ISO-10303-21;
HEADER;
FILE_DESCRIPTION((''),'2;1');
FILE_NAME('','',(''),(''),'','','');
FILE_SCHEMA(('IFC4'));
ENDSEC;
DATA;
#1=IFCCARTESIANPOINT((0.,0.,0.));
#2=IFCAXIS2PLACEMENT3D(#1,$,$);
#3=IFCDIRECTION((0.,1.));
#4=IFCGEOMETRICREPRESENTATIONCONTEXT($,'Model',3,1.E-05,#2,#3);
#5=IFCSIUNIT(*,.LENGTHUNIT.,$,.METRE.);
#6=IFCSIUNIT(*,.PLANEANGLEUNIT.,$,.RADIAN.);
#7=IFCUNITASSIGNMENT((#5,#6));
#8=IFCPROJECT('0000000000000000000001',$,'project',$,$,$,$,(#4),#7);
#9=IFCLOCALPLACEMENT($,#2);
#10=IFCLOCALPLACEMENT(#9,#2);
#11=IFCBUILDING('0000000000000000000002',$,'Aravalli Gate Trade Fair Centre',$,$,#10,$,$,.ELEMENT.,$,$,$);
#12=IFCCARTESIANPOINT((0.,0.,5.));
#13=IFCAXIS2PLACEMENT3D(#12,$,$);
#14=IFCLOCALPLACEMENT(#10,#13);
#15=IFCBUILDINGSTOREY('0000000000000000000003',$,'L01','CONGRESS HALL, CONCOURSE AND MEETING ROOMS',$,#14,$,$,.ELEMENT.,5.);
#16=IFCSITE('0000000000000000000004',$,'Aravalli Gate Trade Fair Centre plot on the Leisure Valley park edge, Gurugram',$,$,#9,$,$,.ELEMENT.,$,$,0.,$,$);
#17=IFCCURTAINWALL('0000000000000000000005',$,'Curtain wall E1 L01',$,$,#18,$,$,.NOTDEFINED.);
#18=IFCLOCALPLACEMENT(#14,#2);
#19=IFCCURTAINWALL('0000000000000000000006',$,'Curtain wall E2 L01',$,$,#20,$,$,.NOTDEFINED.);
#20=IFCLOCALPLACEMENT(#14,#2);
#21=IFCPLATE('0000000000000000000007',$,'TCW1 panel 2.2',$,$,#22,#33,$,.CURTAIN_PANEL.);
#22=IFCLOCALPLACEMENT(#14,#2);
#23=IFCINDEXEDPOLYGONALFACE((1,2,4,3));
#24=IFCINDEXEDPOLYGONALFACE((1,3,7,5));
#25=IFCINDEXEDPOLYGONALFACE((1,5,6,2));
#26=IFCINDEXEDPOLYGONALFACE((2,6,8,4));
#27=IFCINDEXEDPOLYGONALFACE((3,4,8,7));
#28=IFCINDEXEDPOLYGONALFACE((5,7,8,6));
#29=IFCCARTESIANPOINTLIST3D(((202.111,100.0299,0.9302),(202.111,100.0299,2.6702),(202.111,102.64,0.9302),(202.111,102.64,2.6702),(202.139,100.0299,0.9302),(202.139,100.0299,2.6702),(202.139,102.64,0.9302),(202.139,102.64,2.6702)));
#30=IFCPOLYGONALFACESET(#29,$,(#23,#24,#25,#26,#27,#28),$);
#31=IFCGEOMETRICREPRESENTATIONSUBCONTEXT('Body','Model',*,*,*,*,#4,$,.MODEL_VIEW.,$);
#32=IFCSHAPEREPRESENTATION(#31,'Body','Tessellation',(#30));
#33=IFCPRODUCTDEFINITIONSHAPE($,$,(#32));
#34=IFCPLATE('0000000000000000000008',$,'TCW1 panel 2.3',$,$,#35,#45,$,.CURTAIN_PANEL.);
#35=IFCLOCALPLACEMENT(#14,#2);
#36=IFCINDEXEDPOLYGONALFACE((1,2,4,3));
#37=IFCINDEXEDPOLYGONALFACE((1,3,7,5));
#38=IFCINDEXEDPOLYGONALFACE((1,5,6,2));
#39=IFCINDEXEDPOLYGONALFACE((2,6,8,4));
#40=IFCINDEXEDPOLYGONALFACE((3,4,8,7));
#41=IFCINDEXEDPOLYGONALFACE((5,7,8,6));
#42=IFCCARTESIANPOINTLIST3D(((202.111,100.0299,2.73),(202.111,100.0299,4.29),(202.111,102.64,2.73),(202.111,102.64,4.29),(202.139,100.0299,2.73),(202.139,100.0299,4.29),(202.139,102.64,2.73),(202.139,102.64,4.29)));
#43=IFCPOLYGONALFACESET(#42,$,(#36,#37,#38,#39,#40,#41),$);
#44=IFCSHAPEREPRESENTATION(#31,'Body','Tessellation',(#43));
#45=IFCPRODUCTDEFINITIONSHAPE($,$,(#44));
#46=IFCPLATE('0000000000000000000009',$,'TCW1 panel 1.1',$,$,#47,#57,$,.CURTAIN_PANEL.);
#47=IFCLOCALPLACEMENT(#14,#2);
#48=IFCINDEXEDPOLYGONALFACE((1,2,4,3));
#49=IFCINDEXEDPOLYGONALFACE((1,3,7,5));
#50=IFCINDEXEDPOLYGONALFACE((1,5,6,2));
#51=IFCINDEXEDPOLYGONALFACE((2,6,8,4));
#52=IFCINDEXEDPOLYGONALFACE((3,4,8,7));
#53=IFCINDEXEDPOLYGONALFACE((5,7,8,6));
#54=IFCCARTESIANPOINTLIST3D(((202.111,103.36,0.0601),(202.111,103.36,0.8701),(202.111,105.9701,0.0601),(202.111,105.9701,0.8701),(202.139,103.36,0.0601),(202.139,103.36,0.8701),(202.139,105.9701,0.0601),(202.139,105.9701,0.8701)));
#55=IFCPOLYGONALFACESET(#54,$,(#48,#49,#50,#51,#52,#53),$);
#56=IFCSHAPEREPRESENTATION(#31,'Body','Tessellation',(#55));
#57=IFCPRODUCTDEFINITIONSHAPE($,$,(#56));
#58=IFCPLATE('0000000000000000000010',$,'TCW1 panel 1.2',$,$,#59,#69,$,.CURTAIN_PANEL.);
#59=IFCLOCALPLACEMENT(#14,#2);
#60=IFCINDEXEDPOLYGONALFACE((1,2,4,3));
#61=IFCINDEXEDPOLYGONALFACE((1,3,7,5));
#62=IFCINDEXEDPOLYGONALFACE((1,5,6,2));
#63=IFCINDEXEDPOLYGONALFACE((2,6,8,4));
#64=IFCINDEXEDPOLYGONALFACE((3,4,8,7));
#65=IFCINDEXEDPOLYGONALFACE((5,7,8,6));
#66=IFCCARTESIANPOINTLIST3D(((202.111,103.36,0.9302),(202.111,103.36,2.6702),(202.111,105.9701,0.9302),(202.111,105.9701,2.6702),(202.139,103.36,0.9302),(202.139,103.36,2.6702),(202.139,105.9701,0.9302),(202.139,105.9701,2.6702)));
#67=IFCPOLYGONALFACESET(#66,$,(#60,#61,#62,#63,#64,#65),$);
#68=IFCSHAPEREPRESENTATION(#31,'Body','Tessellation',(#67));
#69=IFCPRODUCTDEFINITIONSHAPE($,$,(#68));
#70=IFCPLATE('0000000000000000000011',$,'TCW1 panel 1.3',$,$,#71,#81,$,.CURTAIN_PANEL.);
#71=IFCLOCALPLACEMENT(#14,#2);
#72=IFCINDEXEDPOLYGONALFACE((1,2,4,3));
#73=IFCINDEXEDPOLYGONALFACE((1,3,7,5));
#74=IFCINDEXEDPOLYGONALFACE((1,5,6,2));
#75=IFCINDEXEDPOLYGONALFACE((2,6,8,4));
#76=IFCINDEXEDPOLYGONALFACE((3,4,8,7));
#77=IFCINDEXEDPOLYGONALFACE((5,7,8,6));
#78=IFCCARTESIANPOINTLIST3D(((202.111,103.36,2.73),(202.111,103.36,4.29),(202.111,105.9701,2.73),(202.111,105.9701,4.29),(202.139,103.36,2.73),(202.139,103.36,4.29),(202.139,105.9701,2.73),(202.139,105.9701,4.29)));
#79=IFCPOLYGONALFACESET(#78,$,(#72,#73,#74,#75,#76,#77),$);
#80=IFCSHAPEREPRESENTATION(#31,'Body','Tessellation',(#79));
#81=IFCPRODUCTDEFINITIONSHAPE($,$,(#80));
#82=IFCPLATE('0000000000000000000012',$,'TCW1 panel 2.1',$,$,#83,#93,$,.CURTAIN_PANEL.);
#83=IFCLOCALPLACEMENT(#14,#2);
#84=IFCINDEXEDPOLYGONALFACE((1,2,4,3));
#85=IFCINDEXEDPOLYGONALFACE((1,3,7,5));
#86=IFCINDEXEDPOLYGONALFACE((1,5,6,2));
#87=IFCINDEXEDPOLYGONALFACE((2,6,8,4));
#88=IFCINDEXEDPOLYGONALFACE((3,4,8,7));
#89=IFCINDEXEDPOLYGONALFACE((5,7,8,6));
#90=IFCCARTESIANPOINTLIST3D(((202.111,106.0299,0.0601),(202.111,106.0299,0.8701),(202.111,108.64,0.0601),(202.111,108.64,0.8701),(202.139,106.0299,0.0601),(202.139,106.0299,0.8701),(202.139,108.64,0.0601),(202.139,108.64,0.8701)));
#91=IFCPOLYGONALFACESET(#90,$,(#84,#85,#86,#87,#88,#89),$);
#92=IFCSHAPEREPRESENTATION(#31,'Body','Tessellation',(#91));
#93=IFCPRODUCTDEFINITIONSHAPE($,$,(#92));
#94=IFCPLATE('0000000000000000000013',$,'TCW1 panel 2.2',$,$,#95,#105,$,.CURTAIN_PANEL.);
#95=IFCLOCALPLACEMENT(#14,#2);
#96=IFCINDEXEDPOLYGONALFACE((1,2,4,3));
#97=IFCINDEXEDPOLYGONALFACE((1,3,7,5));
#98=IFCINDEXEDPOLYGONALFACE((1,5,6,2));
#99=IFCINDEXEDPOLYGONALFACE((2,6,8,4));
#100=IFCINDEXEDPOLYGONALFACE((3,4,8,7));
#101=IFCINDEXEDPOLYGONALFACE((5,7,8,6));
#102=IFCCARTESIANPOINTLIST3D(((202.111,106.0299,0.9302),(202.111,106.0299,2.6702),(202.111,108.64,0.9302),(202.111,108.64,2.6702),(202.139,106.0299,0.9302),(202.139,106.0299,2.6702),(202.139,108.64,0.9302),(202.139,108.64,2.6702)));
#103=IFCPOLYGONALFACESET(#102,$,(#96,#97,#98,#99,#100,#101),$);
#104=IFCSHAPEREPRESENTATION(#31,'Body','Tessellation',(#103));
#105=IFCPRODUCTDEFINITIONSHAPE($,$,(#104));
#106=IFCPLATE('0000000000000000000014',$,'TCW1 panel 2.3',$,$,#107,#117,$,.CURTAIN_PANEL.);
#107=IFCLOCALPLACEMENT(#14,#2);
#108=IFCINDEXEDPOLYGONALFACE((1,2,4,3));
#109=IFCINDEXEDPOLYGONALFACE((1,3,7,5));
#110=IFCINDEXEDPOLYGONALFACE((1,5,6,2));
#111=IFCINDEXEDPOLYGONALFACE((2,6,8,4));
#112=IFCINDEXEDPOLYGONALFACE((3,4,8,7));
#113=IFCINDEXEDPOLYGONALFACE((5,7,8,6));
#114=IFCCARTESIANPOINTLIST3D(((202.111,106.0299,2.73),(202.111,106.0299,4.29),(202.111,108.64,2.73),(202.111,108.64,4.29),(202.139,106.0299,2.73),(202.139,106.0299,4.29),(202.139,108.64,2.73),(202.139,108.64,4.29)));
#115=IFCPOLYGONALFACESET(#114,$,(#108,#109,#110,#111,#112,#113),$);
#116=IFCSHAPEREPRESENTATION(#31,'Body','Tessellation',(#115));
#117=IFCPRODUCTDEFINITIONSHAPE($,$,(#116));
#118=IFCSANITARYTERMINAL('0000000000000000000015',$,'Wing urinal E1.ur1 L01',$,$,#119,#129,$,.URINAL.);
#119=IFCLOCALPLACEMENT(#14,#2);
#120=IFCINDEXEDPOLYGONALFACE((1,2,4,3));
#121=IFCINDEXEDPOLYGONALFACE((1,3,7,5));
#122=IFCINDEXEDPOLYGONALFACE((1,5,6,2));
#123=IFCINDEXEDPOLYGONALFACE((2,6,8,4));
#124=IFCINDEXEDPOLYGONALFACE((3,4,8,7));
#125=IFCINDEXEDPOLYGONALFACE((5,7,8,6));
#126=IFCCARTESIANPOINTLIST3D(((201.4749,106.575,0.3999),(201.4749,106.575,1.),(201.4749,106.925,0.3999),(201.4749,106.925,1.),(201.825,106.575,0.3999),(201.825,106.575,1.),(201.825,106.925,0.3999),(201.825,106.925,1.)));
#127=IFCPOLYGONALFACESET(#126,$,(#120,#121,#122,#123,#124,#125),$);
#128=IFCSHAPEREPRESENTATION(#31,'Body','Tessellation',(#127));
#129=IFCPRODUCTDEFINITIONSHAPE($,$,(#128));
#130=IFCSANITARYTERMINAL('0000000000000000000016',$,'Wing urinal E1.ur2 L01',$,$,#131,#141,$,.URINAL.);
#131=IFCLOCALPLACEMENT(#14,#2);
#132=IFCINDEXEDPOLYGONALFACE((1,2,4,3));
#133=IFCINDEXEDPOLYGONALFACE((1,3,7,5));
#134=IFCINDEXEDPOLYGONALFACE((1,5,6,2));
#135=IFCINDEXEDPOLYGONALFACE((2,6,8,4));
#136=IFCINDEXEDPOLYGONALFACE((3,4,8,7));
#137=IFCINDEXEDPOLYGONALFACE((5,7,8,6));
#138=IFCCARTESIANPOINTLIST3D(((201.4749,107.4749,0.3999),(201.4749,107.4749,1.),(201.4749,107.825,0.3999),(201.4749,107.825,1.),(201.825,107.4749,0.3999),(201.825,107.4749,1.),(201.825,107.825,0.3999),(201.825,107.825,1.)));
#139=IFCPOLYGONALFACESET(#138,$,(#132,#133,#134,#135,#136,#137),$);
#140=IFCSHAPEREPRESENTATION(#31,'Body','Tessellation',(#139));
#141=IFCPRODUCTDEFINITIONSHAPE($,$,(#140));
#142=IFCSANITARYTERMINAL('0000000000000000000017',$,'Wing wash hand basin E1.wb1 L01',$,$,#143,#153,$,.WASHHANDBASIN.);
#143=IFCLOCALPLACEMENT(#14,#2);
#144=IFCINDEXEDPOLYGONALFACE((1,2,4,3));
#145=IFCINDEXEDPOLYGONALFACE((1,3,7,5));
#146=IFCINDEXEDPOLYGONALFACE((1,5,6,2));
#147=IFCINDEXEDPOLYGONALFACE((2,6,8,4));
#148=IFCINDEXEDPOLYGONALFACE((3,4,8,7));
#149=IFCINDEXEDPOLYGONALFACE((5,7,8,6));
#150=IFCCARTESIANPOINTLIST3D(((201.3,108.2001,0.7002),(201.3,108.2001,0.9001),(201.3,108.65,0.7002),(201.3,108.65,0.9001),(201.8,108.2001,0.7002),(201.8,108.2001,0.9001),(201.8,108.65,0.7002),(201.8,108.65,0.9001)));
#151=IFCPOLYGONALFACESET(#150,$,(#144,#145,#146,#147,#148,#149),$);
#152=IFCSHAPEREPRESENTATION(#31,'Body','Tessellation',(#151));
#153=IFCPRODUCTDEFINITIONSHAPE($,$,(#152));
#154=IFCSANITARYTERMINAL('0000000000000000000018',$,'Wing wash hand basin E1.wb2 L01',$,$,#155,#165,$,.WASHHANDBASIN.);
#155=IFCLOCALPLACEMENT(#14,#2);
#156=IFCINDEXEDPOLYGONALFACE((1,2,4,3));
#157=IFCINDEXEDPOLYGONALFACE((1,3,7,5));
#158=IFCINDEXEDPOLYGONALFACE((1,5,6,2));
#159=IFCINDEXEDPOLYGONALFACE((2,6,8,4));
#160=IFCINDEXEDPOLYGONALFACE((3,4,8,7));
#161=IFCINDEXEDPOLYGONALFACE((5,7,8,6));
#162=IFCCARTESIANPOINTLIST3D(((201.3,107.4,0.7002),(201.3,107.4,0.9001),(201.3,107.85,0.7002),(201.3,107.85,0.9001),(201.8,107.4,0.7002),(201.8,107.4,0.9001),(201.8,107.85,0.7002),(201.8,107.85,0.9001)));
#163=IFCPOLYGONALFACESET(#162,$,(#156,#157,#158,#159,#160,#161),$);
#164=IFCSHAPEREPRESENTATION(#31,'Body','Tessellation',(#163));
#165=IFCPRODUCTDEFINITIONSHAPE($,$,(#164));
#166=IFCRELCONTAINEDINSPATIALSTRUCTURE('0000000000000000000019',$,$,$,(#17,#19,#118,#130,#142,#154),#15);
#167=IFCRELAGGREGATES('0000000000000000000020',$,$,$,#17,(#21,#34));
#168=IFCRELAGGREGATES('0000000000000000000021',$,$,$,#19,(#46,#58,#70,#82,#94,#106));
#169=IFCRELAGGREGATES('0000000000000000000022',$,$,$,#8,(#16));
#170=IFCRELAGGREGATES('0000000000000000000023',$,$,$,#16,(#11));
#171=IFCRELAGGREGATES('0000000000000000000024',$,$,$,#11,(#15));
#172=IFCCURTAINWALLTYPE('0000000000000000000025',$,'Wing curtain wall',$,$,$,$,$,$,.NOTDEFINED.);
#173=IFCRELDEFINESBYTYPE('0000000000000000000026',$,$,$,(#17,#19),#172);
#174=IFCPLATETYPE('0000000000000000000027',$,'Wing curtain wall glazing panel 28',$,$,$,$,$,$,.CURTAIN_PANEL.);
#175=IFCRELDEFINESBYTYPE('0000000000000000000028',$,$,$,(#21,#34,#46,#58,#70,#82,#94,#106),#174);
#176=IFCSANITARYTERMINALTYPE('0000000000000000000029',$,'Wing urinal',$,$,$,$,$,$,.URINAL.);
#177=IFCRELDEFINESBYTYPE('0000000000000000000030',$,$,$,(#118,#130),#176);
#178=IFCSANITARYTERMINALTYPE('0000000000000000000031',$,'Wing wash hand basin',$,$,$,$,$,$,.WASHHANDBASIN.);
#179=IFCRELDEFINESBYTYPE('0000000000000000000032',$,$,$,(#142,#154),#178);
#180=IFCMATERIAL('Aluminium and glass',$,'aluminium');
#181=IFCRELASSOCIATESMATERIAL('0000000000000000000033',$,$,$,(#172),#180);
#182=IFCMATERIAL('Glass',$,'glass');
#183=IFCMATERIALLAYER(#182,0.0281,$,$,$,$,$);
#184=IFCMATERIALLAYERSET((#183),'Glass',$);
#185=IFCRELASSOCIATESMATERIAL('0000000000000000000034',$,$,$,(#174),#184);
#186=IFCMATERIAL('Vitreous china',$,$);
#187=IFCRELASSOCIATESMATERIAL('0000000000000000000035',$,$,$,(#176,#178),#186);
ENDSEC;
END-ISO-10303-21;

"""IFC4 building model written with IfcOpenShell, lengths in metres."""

from ifc_helpers import new_model, si_unit, direction, frame, origin, origin_2d, place, context, subcontext, project, spatial, rectangle, extrude, material, layer, layer_set, type_object, element, aggregate, save


model = new_model("IFC4")

# Units and contexts
model_context = context("Model", 3, precision=1e-05, world=origin(), true_north=direction((0.0, 1.0)))
body_context = subcontext(model_context, "Body", "Model", "MODEL_VIEW")
ifc_project = project(units=[si_unit("LENGTHUNIT", "METRE"), si_unit("PLANEANGLEUNIT", "RADIAN")], contexts=[model_context])

# Site, building, storey
site_placement = place(None, origin())
site = spatial("IfcSite", under=ifc_project, at=site_placement, Name="Aravalli Gate Trade Fair Centre plot on the Leisure Valley park edge, Gurugram", CompositionType="ELEMENT", RefElevation=0.0)
building_placement = place(site_placement, origin())
building = spatial("IfcBuilding", under=site, at=building_placement, Name="Aravalli Gate Trade Fair Centre", CompositionType="ELEMENT")
storey_placement = place(building_placement, frame((0.0, 0.0, 5.0)))
storey = spatial("IfcBuildingStorey", under=building, at=storey_placement, Name="L01", Description="CONGRESS HALL, CONCOURSE AND MEETING ROOMS", CompositionType="ELEMENT", Elevation=5.0)

# Curtain wall
ifc_material_1 = material(Name="Aluminium and glass", Category="aluminium")
curtain_wall_type = type_object("IfcCurtainWallType", Name="Wing curtain wall", PredefinedType="NOTDEFINED", material=ifc_material_1)
curtain_wall_1_placement = place(storey_placement, origin())
curtain_wall_1 = element("IfcCurtainWall", 1, at=curtain_wall_1_placement, inside=storey, type_object=curtain_wall_type, Name="Curtain wall E1 L01", PredefinedType="NOTDEFINED")

# Curtain wall
curtain_wall_2_placement = place(storey_placement, origin())
curtain_wall_2 = element("IfcCurtainWall", 2, at=curtain_wall_2_placement, inside=storey, type_object=curtain_wall_type, Name="Curtain wall E2 L01", PredefinedType="NOTDEFINED")

# Plates
ifc_material_2 = material(Name="Glass", Category="glass")
ifc_layer = layer(ifc_material_2, 0.0281)
ifc_layer_set = layer_set([ifc_layer], Name="Glass")
plate_type = type_object("IfcPlateType", Name="Wing curtain wall glazing panel 28", PredefinedType="CURTAIN_PANEL", material=ifc_layer_set)
plate_1_placement = place(storey_placement, frame((202.125, 101.335, 0.9302), z_axis=(0.0, 0.0, 1.0), x_axis=(0.0, 1.0, 0.0)))
plate_1 = element("IfcPlate", 3, at=plate_1_placement, type_object=plate_type, Name="TCW1 panel 2.2", PredefinedType="CURTAIN_PANEL", context=body_context, shape_type="SweptSolid", body=[
    extrude(rectangle(XDim=2.6101, YDim=0.0281, at=origin_2d()), origin(), (0.0, 0.0, 1.0), 1.74),
])
plate_2_placement = place(storey_placement, frame((202.125, 101.335, 2.73), z_axis=(0.0, 0.0, 1.0), x_axis=(0.0, 1.0, 0.0)))
plate_2 = element("IfcPlate", 4, at=plate_2_placement, type_object=plate_type, Name="TCW1 panel 2.3", PredefinedType="CURTAIN_PANEL", context=body_context, shape_type="SweptSolid", body=[
    extrude(rectangle(XDim=2.6101, YDim=0.0281, at=origin_2d()), origin(), (0.0, 0.0, 1.0), 1.5601),
])
aggregate(curtain_wall_1, [plate_1, plate_2])
plate_3_placement = place(storey_placement, frame((202.125, 104.665, 0.0601), z_axis=(0.0, 0.0, 1.0), x_axis=(0.0, 1.0, 0.0)))
plate_3 = element("IfcPlate", 5, at=plate_3_placement, type_object=plate_type, Name="TCW1 panel 1.1", PredefinedType="CURTAIN_PANEL", context=body_context, shape_type="SweptSolid", body=[
    extrude(rectangle(XDim=2.6101, YDim=0.0281, at=origin_2d()), origin(), (0.0, 0.0, 1.0), 0.8101),
])
plate_4_placement = place(storey_placement, frame((202.125, 104.665, 0.9302), z_axis=(0.0, 0.0, 1.0), x_axis=(0.0, 1.0, 0.0)))
plate_4 = element("IfcPlate", 6, at=plate_4_placement, type_object=plate_type, Name="TCW1 panel 1.2", PredefinedType="CURTAIN_PANEL", context=body_context, shape_type="SweptSolid", body=[
    extrude(rectangle(XDim=2.6101, YDim=0.0281, at=origin_2d()), origin(), (0.0, 0.0, 1.0), 1.74),
])
plate_5_placement = place(storey_placement, frame((202.125, 104.665, 2.73), z_axis=(0.0, 0.0, 1.0), x_axis=(0.0, 1.0, 0.0)))
plate_5 = element("IfcPlate", 7, at=plate_5_placement, type_object=plate_type, Name="TCW1 panel 1.3", PredefinedType="CURTAIN_PANEL", context=body_context, shape_type="SweptSolid", body=[
    extrude(rectangle(XDim=2.6101, YDim=0.0281, at=origin_2d()), origin(), (0.0, 0.0, 1.0), 1.5601),
])
plate_6_placement = place(storey_placement, frame((202.125, 107.335, 0.0601), z_axis=(0.0, 0.0, 1.0), x_axis=(0.0, 1.0, 0.0)))
plate_6 = element("IfcPlate", 8, at=plate_6_placement, type_object=plate_type, Name="TCW1 panel 2.1", PredefinedType="CURTAIN_PANEL", context=body_context, shape_type="SweptSolid", body=[
    extrude(rectangle(XDim=2.6101, YDim=0.0281, at=origin_2d()), origin(), (0.0, 0.0, 1.0), 0.8101),
])
plate_7_placement = place(storey_placement, frame((202.125, 107.335, 0.9302), z_axis=(0.0, 0.0, 1.0), x_axis=(0.0, 1.0, 0.0)))
plate_7 = element("IfcPlate", 9, at=plate_7_placement, type_object=plate_type, Name="TCW1 panel 2.2", PredefinedType="CURTAIN_PANEL", context=body_context, shape_type="SweptSolid", body=[
    extrude(rectangle(XDim=2.6101, YDim=0.0281, at=origin_2d()), origin(), (0.0, 0.0, 1.0), 1.74),
])
plate_8_placement = place(storey_placement, frame((202.125, 107.335, 2.73), z_axis=(0.0, 0.0, 1.0), x_axis=(0.0, 1.0, 0.0)))
plate_8 = element("IfcPlate", 10, at=plate_8_placement, type_object=plate_type, Name="TCW1 panel 2.3", PredefinedType="CURTAIN_PANEL", context=body_context, shape_type="SweptSolid", body=[
    extrude(rectangle(XDim=2.6101, YDim=0.0281, at=origin_2d()), origin(), (0.0, 0.0, 1.0), 1.5601),
])
aggregate(curtain_wall_2, [plate_3, plate_4, plate_5, plate_6, plate_7, plate_8])

# Sanitary terminals
ifc_material_3 = material(Name="Vitreous china")
sanitary_terminal_type_1 = type_object("IfcSanitaryTerminalType", Name="Wing urinal", PredefinedType="URINAL", material=ifc_material_3)
for number, where, z_axis, x_axis, name in (
    (11, (201.6499, 106.75, 0.3999), (0.0, 0.0, 1.0), (1.0, 0.0, 0.0), "Wing urinal E1.ur1 L01"),
    (12, (201.6499, 107.6499, 0.3999), (0.0, 0.0, 1.0), (1.0, 0.0, 0.0), "Wing urinal E1.ur2 L01"),
):
    element("IfcSanitaryTerminal", number, at=place(storey_placement, frame(where, z_axis=z_axis, x_axis=x_axis)), inside=storey, type_object=sanitary_terminal_type_1, Name=name, PredefinedType="URINAL", context=body_context, shape_type="SweptSolid", body=[
        extrude(rectangle(XDim=0.3501, YDim=0.3501, at=origin_2d()), origin(), (0.0, 0.0, 1.0), 0.6001),
    ])
sanitary_terminal_type_2 = type_object("IfcSanitaryTerminalType", Name="Wing wash hand basin", PredefinedType="WASHHANDBASIN", material=ifc_material_3)
for number, where, z_axis, x_axis, name in (
    (13, (201.55, 108.425, 0.7002), (0.0, 0.0, 1.0), (1.0, 0.0, 0.0), "Wing wash hand basin E1.wb1 L01"),
    (14, (201.55, 107.625, 0.7002), (0.0, 0.0, 1.0), (1.0, 0.0, 0.0), "Wing wash hand basin E1.wb2 L01"),
):
    element("IfcSanitaryTerminal", number, at=place(storey_placement, frame(where, z_axis=z_axis, x_axis=x_axis)), inside=storey, type_object=sanitary_terminal_type_2, Name=name, PredefinedType="WASHHANDBASIN", context=body_context, shape_type="SweptSolid", body=[
        extrude(rectangle(XDim=0.5, YDim=0.45, at=origin_2d()), origin(), (0.0, 0.0, 1.0), 0.2),
    ])

save(model, "model.ifc")
